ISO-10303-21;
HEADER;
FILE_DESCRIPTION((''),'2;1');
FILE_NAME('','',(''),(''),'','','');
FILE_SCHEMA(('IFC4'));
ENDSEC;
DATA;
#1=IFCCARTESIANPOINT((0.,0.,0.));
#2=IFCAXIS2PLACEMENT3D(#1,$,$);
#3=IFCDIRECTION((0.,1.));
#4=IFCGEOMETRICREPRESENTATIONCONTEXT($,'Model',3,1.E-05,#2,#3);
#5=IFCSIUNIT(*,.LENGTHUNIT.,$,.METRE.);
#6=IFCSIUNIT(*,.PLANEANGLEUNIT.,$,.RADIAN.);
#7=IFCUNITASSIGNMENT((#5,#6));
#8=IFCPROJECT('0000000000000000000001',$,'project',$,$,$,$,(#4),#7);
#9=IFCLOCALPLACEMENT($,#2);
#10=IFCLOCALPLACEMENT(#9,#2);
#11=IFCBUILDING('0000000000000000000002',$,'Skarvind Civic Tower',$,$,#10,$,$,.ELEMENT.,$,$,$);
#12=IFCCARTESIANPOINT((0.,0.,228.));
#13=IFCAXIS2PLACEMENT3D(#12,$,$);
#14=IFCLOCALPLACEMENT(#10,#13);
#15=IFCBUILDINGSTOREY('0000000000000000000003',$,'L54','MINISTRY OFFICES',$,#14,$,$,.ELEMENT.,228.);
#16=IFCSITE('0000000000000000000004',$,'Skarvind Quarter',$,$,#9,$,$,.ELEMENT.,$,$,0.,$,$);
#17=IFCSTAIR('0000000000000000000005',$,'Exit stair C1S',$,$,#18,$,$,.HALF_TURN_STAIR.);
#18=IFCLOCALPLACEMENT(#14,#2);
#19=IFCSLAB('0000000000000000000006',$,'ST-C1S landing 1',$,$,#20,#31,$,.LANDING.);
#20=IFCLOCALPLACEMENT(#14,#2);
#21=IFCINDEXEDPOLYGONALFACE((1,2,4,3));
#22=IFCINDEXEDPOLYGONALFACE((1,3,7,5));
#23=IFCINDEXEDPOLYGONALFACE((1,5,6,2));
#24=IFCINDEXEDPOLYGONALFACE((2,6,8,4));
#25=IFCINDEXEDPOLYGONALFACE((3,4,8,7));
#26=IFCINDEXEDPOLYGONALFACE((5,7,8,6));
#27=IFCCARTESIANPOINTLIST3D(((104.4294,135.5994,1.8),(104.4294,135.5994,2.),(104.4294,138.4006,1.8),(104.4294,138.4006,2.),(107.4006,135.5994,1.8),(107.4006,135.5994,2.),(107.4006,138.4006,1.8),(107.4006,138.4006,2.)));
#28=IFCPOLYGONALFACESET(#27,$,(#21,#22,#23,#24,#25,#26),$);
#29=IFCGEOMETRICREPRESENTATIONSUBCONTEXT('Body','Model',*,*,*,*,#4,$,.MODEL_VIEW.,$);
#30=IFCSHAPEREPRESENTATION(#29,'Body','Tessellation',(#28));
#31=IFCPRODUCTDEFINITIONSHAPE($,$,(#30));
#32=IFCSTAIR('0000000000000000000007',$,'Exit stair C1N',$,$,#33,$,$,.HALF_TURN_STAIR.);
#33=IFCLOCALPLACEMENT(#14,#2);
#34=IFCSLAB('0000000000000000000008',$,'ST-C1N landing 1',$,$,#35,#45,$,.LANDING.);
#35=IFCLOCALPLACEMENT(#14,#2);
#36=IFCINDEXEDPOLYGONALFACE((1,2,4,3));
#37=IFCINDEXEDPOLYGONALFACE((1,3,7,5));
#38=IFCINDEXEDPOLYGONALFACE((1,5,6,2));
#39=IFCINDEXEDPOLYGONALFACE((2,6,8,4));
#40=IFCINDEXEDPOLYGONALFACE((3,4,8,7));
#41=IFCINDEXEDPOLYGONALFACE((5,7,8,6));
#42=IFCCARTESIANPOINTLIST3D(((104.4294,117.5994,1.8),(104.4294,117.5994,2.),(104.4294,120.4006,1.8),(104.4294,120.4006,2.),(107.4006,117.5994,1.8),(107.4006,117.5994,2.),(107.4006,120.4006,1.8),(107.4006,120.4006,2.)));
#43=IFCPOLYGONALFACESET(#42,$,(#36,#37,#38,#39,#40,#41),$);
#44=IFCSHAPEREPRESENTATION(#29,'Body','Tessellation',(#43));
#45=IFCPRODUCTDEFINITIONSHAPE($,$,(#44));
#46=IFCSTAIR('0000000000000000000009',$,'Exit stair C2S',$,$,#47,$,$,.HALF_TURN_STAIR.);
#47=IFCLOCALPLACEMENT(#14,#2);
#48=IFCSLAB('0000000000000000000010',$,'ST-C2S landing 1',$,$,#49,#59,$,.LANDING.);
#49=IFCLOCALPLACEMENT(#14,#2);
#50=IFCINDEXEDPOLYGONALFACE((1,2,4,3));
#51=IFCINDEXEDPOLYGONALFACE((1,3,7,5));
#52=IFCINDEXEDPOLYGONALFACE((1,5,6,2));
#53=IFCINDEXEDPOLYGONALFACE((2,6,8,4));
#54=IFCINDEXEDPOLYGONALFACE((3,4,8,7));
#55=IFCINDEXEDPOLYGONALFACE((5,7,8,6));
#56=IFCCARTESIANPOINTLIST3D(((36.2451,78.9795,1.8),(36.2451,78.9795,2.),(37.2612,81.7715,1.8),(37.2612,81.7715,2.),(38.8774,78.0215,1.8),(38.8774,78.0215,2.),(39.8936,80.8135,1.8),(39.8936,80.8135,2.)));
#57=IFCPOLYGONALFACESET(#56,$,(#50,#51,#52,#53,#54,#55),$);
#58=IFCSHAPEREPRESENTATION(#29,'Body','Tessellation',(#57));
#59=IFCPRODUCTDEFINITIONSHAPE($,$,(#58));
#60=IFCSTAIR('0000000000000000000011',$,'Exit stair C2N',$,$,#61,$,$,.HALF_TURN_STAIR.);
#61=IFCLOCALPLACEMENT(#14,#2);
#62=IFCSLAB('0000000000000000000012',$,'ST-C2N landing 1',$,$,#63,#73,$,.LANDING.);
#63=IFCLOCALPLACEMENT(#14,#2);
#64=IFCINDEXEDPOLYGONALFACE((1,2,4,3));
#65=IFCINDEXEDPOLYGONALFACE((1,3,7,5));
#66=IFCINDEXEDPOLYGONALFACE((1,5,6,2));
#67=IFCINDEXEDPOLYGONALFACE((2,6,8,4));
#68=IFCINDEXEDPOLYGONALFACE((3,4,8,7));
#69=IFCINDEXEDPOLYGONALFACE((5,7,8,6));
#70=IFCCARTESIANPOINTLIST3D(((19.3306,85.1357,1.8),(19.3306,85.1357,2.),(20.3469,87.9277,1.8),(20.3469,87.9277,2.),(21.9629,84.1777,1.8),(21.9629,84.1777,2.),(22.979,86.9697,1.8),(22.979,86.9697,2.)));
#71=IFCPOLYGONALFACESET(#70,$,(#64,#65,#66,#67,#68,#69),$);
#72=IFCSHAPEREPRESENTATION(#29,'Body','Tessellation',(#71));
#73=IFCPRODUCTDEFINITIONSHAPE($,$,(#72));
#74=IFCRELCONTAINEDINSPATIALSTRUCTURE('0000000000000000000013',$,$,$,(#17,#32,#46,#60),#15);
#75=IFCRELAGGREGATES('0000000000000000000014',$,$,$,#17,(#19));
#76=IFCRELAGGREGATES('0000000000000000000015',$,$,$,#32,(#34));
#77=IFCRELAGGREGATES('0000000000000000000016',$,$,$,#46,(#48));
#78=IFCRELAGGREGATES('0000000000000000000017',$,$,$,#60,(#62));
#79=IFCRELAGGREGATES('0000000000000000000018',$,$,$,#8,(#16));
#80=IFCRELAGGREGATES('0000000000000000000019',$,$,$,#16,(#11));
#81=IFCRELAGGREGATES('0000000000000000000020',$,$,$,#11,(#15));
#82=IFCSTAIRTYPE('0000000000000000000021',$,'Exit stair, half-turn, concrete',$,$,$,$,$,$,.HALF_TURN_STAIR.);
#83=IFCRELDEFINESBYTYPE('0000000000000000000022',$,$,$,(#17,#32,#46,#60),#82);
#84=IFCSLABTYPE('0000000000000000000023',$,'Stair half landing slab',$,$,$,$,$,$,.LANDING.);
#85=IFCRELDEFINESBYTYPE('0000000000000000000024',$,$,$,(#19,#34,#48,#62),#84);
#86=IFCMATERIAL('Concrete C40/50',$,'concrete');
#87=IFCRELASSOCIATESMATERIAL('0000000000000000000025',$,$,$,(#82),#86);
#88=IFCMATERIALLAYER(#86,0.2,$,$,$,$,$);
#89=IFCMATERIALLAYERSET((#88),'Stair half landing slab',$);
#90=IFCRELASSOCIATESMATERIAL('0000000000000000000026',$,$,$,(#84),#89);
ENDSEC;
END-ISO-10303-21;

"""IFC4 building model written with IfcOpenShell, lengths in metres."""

from ifc_helpers import new_model, si_unit, direction, frame, origin, place, context, subcontext, project, spatial, polyline, outline, extrude, material, layer, layer_set, type_object, element, aggregate, save


model = new_model("IFC4")

# Units and contexts
model_context = context("Model", 3, precision=1e-05, world=origin(), true_north=direction((0.0, 1.0)))
body_context = subcontext(model_context, "Body", "Model", "MODEL_VIEW")
ifc_project = project(units=[si_unit("LENGTHUNIT", "METRE"), si_unit("PLANEANGLEUNIT", "RADIAN")], contexts=[model_context])

# Site, building, storey
site_placement = place(None, origin())
site = spatial("IfcSite", under=ifc_project, at=site_placement, Name="Skarvind Quarter", CompositionType="ELEMENT", RefElevation=0.0)
building_placement = place(site_placement, origin())
building = spatial("IfcBuilding", under=site, at=building_placement, Name="Skarvind Civic Tower", CompositionType="ELEMENT")
storey_placement = place(building_placement, frame((0.0, 0.0, 228.0)))
storey = spatial("IfcBuildingStorey", under=building, at=storey_placement, Name="L54", Description="MINISTRY OFFICES", CompositionType="ELEMENT", Elevation=228.0)

# Shared definitions
ifc_material_1 = material(Name="Concrete C40/50", Category="concrete")

# Stairs, slabs
stair_type = type_object("IfcStairType", Name="Exit stair, half-turn, concrete", PredefinedType="HALF_TURN_STAIR", material=ifc_material_1)
stair_1_placement = place(storey_placement, origin())
stair_1 = element("IfcStair", 1, at=stair_1_placement, inside=storey, type_object=stair_type, Name="Exit stair C1S", PredefinedType="HALF_TURN_STAIR")
ifc_layer_1 = layer(ifc_material_1, 0.2)
ifc_layer_set_1 = layer_set([ifc_layer_1], Name="Stair half landing slab")
slab_type_1 = type_object("IfcSlabType", Name="Stair half landing slab", PredefinedType="LANDING", material=ifc_layer_set_1)
slab_1_placement = place(storey_placement, frame((0.0, 0.0, 1.8)))
slab_1 = element("IfcSlab", 2, at=slab_1_placement, type_object=slab_type_1, Name="ST-C1S landing 1", PredefinedType="LANDING", context=body_context, shape_type="SweptSolid", body=[
    extrude(outline(polyline([(104.4294, 135.5994), (104.4294, 138.4006), (107.4006, 138.4006), (107.4006, 135.5994), (104.4294, 135.5994)])), origin(), (0.0, 0.0, 1.0), 0.2),
])
aggregate(stair_1, [slab_1])
stair_2_placement = place(storey_placement, origin())
stair_2 = element("IfcStair", 3, at=stair_2_placement, inside=storey, type_object=stair_type, Name="Exit stair C1N", PredefinedType="HALF_TURN_STAIR")
slab_2_placement = place(storey_placement, frame((0.0, 0.0, 1.8)))
slab_2 = element("IfcSlab", 4, at=slab_2_placement, type_object=slab_type_1, Name="ST-C1N landing 1", PredefinedType="LANDING", context=body_context, shape_type="SweptSolid", body=[
    extrude(outline(polyline([(104.4294, 117.5994), (104.4294, 120.4006), (107.4006, 120.4006), (107.4006, 117.5994), (104.4294, 117.5994)])), origin(), (0.0, 0.0, 1.0), 0.2),
])
aggregate(stair_2, [slab_2])
stair_3_placement = place(storey_placement, origin())
stair_3 = element("IfcStair", 5, at=stair_3_placement, inside=storey, type_object=stair_type, Name="Exit stair C2S", PredefinedType="HALF_TURN_STAIR")
slab_3_placement = place(storey_placement, frame((0.0, 0.0, 1.8)))
slab_3 = element("IfcSlab", 6, at=slab_3_placement, type_object=slab_type_1, Name="ST-C2S landing 1", PredefinedType="LANDING", context=body_context, shape_type="SweptSolid", body=[
    extrude(outline(polyline([(37.2612, 81.7715), (39.8936, 80.8135), (38.8774, 78.0215), (36.2451, 78.9795), (37.2612, 81.7715)])), origin(), (0.0, 0.0, 1.0), 0.2),
])
aggregate(stair_3, [slab_3])
stair_4_placement = place(storey_placement, origin())
stair_4 = element("IfcStair", 7, at=stair_4_placement, inside=storey, type_object=stair_type, Name="Exit stair C2N", PredefinedType="HALF_TURN_STAIR")
slab_4_placement = place(storey_placement, frame((0.0, 0.0, 1.8)))
slab_4 = element("IfcSlab", 8, at=slab_4_placement, type_object=slab_type_1, Name="ST-C2N landing 1", PredefinedType="LANDING", context=body_context, shape_type="SweptSolid", body=[
    extrude(outline(polyline([(20.3469, 87.9277), (22.979, 86.9697), (21.9629, 84.1777), (19.3306, 85.1357), (20.3469, 87.9277)])), origin(), (0.0, 0.0, 1.0), 0.2),
])
aggregate(stair_4, [slab_4])

save(model, "model.ifc")
